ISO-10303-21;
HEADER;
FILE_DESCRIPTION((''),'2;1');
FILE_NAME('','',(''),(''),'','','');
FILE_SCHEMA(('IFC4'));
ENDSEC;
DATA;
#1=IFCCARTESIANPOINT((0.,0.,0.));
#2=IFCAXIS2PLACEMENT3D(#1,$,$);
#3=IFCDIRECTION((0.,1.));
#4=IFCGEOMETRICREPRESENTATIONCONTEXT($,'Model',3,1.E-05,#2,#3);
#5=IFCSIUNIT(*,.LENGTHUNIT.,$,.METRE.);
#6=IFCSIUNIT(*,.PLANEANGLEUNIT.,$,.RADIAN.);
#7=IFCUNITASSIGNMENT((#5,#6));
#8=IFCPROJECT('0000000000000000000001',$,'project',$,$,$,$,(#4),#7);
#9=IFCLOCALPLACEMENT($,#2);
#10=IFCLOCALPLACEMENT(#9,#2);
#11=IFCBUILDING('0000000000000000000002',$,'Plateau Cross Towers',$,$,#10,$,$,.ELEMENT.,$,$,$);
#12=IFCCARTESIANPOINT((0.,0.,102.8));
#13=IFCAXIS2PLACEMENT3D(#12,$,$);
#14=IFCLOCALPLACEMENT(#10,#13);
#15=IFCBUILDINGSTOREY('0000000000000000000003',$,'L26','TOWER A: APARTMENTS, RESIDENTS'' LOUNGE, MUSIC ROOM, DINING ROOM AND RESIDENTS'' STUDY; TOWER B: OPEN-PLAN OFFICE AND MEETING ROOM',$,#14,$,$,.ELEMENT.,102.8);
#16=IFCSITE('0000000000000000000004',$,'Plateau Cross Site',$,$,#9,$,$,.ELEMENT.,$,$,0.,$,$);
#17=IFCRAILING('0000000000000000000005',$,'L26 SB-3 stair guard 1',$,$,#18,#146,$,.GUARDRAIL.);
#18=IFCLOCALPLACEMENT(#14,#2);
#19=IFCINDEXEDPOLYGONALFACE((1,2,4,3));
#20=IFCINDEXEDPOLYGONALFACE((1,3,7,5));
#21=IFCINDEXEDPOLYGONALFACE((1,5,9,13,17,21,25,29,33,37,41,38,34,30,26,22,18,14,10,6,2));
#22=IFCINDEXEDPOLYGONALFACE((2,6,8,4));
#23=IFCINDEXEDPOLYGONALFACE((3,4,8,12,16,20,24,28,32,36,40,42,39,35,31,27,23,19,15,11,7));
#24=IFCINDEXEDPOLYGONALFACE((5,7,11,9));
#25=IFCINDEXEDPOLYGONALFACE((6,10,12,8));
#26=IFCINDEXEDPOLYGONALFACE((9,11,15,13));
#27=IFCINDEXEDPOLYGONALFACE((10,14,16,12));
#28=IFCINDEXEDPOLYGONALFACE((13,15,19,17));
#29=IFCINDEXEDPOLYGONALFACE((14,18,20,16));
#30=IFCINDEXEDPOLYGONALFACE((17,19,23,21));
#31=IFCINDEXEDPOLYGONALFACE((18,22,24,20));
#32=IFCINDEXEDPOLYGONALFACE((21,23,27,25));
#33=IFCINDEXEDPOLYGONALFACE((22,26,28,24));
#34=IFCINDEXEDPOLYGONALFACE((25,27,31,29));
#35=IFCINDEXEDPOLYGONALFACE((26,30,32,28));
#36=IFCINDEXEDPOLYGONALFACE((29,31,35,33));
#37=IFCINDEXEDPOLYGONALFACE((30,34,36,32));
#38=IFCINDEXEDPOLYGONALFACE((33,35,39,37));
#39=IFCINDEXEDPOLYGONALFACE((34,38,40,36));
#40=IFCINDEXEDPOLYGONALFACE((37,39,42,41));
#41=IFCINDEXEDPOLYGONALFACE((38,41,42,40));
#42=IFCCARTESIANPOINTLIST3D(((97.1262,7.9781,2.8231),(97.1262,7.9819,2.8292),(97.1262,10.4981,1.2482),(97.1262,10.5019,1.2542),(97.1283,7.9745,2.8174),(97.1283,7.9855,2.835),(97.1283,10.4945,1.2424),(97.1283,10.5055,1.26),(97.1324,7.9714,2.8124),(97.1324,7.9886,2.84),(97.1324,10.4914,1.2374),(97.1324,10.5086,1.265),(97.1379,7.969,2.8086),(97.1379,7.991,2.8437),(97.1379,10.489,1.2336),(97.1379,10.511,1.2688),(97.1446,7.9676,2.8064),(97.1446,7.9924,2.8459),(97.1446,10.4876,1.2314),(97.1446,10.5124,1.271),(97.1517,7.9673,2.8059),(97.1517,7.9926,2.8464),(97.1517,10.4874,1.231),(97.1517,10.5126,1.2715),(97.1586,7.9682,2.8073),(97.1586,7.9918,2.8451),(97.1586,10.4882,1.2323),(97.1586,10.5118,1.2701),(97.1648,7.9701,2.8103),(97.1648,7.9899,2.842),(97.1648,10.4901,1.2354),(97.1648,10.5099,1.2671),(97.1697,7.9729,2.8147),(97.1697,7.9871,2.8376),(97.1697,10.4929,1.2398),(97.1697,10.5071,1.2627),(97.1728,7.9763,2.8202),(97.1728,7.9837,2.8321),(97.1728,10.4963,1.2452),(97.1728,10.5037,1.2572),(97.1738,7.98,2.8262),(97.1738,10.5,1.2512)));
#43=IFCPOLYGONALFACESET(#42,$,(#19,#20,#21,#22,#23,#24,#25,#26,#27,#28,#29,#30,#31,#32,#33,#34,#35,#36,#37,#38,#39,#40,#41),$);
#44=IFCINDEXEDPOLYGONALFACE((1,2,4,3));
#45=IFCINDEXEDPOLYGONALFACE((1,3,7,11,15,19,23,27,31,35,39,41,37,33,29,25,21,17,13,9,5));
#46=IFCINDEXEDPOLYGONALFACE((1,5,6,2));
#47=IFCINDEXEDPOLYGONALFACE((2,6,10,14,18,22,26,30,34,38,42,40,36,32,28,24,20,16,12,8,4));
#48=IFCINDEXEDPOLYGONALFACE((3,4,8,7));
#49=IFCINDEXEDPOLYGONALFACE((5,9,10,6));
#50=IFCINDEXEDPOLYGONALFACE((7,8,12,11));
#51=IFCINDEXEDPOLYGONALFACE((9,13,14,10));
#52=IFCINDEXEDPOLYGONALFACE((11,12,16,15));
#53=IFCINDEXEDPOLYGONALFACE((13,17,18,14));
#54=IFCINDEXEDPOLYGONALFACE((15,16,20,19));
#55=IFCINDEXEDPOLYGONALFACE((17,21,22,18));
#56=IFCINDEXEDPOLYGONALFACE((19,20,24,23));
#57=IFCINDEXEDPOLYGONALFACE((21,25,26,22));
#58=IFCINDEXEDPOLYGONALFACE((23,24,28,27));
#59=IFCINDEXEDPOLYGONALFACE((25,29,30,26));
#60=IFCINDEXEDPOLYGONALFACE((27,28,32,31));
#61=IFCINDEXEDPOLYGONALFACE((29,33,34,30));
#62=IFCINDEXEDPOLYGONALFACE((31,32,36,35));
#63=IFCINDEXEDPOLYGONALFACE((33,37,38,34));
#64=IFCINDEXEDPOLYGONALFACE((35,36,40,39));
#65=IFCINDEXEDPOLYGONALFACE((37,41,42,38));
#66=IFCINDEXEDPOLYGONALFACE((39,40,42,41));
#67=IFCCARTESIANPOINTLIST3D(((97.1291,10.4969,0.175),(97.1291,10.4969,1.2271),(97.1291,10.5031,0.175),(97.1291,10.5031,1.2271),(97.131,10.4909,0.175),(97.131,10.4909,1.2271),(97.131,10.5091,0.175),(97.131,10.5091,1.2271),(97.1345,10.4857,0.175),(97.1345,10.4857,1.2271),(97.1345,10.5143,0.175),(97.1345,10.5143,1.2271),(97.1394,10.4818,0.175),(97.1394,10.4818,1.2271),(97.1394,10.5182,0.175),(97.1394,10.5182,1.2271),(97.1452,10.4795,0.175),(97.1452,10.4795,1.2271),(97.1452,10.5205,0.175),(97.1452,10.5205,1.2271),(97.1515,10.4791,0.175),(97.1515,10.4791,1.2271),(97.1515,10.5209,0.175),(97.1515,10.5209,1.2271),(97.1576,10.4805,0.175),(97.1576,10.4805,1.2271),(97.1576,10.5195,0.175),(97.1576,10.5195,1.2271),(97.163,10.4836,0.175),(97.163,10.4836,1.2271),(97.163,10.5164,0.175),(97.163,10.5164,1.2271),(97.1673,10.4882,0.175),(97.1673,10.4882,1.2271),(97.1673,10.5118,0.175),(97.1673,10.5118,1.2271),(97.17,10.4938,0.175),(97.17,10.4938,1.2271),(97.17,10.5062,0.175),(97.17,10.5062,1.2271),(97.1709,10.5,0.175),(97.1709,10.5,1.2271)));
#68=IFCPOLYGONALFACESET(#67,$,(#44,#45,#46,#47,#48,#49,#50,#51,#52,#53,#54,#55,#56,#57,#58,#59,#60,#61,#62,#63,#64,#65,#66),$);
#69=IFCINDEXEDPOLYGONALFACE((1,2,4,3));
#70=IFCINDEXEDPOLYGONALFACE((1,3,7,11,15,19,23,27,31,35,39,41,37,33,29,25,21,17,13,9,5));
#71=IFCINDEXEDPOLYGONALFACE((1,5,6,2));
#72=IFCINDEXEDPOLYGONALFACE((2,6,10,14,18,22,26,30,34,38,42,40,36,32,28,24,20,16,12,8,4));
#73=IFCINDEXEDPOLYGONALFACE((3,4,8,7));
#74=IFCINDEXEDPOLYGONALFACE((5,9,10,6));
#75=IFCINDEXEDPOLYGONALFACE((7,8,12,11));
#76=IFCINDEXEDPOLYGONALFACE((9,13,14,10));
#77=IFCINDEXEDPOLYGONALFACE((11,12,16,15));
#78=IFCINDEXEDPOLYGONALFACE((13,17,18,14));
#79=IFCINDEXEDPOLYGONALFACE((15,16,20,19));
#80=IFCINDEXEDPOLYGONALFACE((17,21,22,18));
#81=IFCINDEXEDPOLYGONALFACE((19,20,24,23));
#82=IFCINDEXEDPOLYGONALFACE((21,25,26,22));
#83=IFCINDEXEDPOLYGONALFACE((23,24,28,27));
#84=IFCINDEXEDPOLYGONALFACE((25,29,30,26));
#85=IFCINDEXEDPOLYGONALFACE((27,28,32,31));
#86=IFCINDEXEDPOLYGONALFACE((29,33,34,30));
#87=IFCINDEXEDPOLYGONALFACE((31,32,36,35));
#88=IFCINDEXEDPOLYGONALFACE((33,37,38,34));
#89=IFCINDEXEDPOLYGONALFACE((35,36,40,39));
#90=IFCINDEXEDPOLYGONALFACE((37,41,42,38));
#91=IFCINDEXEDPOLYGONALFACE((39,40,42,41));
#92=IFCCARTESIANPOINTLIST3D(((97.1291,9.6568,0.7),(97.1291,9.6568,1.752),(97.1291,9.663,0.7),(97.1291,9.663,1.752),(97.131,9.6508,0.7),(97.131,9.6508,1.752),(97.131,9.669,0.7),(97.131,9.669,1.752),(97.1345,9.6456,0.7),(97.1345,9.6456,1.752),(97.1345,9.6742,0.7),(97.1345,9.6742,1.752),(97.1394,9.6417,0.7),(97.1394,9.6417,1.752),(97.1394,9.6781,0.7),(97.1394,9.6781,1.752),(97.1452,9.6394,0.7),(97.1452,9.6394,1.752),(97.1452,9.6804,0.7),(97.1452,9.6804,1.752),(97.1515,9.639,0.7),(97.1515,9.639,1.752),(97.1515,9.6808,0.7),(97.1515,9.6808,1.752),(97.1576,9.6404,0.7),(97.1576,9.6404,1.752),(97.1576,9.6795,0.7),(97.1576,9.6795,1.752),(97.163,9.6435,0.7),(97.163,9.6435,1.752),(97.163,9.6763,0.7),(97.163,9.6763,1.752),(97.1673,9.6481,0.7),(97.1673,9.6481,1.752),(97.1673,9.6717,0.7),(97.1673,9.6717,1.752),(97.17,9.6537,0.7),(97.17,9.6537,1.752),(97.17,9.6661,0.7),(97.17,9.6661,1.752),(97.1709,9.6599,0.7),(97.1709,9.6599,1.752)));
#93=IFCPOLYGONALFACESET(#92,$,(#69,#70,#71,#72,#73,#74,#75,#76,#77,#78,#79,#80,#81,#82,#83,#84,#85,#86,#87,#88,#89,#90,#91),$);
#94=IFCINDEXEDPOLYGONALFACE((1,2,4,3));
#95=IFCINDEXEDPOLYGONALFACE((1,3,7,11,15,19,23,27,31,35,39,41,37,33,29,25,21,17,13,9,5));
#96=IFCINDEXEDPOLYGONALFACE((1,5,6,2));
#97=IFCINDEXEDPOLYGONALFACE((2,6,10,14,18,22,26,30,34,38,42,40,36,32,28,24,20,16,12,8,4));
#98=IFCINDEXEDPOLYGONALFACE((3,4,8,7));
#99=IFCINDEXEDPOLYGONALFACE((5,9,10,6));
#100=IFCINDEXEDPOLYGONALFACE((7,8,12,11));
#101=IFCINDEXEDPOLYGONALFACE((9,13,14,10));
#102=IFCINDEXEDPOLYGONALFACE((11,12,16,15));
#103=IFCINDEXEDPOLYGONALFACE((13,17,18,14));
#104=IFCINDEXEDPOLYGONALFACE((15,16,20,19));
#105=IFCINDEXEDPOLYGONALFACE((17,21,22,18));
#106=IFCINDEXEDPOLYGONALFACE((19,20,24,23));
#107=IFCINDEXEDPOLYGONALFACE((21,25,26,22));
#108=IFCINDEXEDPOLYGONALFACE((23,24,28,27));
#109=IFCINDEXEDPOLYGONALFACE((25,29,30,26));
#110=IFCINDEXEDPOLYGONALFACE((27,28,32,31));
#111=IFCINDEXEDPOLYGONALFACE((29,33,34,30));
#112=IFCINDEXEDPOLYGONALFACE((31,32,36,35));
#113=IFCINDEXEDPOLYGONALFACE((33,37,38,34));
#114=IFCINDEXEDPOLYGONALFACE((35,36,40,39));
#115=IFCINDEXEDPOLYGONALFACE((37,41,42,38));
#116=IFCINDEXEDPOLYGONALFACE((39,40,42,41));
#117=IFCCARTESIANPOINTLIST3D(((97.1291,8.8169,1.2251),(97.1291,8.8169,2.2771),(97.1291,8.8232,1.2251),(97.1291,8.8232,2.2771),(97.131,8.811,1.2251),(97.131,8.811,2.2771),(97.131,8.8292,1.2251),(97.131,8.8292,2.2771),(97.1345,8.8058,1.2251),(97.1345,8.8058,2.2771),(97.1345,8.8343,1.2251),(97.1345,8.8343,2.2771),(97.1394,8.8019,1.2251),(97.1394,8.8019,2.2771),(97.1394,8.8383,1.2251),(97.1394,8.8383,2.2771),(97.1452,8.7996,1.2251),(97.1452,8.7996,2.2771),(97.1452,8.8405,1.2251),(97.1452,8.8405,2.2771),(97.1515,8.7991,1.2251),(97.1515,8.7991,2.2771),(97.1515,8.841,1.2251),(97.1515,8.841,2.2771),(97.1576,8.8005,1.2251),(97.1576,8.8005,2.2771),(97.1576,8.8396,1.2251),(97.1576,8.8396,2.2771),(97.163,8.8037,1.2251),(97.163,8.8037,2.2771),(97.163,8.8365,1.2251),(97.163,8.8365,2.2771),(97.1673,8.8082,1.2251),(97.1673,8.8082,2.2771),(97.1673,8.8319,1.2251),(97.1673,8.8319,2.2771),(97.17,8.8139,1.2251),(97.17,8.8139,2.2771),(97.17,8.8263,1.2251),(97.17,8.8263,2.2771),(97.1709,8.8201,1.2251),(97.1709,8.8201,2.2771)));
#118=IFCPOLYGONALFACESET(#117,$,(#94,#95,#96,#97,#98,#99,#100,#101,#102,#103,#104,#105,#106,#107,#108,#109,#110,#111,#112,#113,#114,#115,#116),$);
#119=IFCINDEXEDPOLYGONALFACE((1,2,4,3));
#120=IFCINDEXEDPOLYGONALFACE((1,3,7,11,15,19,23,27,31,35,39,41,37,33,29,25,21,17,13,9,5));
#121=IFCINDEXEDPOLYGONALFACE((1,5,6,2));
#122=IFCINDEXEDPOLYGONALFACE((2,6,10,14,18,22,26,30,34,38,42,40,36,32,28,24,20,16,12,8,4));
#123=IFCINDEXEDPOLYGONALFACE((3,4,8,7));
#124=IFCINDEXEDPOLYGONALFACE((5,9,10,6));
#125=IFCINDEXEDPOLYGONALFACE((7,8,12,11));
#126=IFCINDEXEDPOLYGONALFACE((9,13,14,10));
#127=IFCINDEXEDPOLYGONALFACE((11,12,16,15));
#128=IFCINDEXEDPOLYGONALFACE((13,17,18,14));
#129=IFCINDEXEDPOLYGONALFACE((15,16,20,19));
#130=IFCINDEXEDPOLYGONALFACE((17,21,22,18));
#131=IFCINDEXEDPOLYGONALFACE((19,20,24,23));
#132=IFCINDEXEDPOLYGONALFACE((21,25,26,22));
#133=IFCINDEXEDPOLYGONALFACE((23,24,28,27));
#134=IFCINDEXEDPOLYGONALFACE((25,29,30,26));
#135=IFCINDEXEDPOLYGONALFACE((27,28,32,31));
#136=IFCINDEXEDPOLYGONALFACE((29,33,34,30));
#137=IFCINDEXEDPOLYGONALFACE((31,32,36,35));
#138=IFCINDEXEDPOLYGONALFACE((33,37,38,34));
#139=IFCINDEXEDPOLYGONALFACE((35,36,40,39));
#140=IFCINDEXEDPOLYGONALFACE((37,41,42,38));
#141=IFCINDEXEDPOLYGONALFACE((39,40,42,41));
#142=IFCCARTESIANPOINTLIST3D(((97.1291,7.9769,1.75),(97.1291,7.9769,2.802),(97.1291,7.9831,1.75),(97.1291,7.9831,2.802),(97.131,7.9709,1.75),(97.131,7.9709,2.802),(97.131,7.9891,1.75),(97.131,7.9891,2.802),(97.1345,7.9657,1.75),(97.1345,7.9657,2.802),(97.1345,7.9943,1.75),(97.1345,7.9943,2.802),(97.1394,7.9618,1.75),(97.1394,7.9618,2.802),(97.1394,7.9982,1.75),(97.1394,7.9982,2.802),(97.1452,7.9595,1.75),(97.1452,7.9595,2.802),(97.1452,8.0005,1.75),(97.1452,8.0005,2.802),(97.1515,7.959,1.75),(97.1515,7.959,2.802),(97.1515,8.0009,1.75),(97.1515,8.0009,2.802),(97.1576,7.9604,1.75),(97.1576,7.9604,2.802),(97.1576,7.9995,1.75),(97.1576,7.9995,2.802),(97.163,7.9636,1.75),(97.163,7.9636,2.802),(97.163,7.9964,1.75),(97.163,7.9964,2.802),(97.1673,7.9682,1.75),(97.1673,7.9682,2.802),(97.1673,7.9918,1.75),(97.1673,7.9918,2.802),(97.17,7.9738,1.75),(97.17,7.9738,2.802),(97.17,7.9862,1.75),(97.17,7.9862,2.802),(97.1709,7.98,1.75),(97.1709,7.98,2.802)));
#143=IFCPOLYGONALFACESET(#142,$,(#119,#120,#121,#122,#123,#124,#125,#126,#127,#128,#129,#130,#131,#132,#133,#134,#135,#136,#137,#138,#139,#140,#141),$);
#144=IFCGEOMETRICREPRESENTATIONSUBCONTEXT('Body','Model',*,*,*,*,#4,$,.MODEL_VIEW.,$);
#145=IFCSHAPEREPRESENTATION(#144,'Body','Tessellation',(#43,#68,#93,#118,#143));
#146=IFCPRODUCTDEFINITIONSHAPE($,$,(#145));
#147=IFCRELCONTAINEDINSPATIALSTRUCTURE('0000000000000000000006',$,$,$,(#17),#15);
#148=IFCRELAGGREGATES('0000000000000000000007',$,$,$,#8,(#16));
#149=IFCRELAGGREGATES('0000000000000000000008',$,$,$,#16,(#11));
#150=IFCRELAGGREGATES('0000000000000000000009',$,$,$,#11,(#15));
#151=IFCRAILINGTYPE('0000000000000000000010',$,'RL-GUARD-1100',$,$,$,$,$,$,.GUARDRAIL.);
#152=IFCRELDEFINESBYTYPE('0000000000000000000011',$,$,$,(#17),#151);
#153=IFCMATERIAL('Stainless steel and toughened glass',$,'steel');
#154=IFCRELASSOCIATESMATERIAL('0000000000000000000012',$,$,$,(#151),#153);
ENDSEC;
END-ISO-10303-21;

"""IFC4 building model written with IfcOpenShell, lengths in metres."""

from ifc_helpers import new_model, si_unit, direction, frame, origin, origin_2d, place, context, subcontext, project, spatial, circle, extrude, material, type_object, element, save


model = new_model("IFC4")

# Units and contexts
model_context = context("Model", 3, precision=1e-05, world=origin(), true_north=direction((0.0, 1.0)))
body_context = subcontext(model_context, "Body", "Model", "MODEL_VIEW")
ifc_project = project(units=[si_unit("LENGTHUNIT", "METRE"), si_unit("PLANEANGLEUNIT", "RADIAN")], contexts=[model_context])

# Site, building, storey
site_placement = place(None, origin())
site = spatial("IfcSite", under=ifc_project, at=site_placement, Name="Plateau Cross Site", CompositionType="ELEMENT", RefElevation=0.0)
building_placement = place(site_placement, origin())
building = spatial("IfcBuilding", under=site, at=building_placement, Name="Plateau Cross Towers", CompositionType="ELEMENT")
storey_placement = place(building_placement, frame((0.0, 0.0, 102.8)))
storey = spatial("IfcBuildingStorey", under=building, at=storey_placement, Name="L26", Description="TOWER A: APARTMENTS, RESIDENTS' LOUNGE, MUSIC ROOM, DINING ROOM AND RESIDENTS' STUDY; TOWER B: OPEN-PLAN OFFICE AND MEETING ROOM", CompositionType="ELEMENT", Elevation=102.8)

# Railing
ifc_material_1 = material(Name="Stainless steel and toughened glass", Category="steel")
railing_type_1 = type_object("IfcRailingType", Name="RL-GUARD-1100", PredefinedType="GUARDRAIL", material=ifc_material_1)
railing_1_placement = place(storey_placement, frame((97.1499, 10.5, 0.175)))
element("IfcRailing", 1, at=railing_1_placement, inside=storey, type_object=railing_type_1, Name="L26 SB-3 stair guard 1", PredefinedType="GUARDRAIL", context=body_context, shape_type="SweptSolid", body=[
    extrude(circle(Radius=0.0239, at=origin_2d()), frame((0.0, 0.0, 1.0762), z_axis=(0.0, -0.848008, 0.529984), x_axis=(1.0, 0.0, 0.0)), (0.0, 0.0, 1.0), 2.9717),
    extrude(circle(Radius=0.021, at=origin_2d()), origin(), (0.0, 0.0, 1.0), 1.052),
    extrude(circle(Radius=0.021, at=origin_2d()), frame((0.0, -0.8401, 0.5249)), (0.0, 0.0, 1.0), 1.052),
    extrude(circle(Radius=0.021, at=origin_2d()), frame((0.0, -1.6799, 1.05)), (0.0, 0.0, 1.0), 1.052),
    extrude(circle(Radius=0.021, at=origin_2d()), frame((0.0, -2.52, 1.575)), (0.0, 0.0, 1.0), 1.052),
])

save(model, "model.ifc")
